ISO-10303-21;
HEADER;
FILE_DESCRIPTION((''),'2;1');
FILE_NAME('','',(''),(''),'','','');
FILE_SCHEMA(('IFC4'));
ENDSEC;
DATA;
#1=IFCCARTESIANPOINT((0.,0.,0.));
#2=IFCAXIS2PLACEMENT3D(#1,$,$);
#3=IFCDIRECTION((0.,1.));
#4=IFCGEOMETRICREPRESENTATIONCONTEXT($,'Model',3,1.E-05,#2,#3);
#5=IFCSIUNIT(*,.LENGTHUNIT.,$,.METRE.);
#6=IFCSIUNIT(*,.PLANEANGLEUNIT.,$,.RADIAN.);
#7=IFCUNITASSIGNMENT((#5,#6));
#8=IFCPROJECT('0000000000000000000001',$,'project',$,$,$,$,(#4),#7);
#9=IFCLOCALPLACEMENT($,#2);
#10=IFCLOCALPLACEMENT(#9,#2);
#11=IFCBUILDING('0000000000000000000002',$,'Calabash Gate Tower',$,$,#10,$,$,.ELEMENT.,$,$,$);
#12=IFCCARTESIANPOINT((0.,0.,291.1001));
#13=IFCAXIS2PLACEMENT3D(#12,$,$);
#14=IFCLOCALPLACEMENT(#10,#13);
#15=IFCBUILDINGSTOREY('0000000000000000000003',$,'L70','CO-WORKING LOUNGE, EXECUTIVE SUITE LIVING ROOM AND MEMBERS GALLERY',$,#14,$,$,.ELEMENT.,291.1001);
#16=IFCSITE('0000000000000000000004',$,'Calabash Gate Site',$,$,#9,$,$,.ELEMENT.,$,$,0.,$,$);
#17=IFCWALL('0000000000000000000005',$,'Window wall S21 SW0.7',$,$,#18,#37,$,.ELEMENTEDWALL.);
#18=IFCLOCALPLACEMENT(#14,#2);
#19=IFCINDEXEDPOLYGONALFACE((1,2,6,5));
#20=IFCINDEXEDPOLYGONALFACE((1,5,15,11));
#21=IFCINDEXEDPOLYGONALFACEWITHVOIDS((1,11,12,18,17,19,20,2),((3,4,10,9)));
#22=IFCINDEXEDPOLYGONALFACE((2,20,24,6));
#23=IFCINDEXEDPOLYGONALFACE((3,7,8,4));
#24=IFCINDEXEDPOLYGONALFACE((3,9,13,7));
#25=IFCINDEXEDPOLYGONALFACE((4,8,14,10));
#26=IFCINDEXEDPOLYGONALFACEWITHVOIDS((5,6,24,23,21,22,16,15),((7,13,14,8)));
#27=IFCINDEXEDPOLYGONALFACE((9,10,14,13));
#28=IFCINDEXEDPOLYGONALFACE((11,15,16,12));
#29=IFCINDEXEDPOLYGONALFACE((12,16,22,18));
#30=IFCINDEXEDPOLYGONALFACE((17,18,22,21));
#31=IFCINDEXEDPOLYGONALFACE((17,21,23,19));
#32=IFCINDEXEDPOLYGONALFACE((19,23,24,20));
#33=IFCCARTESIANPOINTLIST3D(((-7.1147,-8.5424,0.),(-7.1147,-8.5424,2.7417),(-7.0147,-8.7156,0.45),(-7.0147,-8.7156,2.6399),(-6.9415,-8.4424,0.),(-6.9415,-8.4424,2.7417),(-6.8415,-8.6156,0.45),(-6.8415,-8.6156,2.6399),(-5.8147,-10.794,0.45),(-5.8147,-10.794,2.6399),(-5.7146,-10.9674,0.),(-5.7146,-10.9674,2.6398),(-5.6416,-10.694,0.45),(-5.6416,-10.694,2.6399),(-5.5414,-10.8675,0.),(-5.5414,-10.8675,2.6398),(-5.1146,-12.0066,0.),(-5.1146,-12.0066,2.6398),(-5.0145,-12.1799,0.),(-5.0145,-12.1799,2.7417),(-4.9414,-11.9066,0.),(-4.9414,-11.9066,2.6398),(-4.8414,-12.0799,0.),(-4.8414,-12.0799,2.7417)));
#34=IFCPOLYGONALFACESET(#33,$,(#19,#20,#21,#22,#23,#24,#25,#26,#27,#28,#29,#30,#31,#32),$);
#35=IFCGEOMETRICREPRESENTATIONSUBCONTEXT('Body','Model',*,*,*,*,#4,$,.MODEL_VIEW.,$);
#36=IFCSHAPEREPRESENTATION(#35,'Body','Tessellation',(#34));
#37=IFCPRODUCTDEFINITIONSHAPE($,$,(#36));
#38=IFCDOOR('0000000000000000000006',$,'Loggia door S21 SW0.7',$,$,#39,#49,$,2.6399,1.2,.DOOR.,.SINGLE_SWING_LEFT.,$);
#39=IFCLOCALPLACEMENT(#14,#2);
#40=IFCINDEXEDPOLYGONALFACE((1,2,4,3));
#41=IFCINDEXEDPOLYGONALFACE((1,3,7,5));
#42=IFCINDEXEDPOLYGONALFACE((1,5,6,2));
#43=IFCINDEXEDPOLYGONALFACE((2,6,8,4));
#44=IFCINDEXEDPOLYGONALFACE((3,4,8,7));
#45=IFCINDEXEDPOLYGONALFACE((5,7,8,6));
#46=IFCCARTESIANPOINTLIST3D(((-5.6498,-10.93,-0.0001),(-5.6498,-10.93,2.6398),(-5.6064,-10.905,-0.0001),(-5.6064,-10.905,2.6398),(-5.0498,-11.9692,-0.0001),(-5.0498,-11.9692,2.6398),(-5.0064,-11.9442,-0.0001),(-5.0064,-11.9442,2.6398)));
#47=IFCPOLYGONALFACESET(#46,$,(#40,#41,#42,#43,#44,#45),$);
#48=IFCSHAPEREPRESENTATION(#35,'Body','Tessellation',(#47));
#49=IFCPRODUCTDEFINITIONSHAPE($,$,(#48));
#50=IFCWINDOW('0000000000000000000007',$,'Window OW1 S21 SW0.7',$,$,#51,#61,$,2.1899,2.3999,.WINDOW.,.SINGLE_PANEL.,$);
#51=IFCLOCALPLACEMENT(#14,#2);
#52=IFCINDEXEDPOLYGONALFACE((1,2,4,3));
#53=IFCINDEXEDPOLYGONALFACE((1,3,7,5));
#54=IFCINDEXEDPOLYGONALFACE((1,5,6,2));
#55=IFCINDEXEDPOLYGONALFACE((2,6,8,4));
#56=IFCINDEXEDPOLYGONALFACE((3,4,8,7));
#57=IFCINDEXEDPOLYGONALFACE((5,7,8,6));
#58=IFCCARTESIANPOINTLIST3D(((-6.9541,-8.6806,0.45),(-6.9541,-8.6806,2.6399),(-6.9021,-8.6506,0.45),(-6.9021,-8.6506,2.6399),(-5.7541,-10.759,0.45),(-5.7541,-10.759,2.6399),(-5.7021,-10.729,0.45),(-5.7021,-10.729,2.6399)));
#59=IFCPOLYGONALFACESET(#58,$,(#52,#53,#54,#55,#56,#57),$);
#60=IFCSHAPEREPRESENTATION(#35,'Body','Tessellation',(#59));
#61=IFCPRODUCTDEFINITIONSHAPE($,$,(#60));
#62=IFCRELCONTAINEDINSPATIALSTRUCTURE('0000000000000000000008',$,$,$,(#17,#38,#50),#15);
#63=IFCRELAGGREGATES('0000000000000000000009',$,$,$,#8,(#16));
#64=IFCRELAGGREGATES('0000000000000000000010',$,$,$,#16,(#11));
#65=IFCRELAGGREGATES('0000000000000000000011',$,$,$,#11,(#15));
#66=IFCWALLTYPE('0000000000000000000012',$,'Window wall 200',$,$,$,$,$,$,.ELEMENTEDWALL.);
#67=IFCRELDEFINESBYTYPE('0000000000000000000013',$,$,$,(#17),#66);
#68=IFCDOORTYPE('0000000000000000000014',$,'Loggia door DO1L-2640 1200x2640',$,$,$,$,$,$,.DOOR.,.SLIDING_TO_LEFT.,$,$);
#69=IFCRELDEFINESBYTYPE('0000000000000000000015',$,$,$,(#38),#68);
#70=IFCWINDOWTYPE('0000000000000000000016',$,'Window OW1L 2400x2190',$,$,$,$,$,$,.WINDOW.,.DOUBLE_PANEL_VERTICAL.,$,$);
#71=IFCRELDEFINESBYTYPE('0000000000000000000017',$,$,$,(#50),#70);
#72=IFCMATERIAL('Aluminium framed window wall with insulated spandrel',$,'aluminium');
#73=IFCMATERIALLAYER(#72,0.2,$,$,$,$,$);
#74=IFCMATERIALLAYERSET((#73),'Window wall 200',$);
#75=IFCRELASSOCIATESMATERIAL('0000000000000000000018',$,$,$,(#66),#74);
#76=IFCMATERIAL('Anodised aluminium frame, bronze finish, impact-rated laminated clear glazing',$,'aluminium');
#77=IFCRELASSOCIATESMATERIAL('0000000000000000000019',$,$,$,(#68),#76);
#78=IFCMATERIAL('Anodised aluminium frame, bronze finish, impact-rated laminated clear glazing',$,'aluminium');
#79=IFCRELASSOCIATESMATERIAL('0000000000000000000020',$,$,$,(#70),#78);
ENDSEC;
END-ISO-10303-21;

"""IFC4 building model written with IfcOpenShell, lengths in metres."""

from ifc_helpers import new_model, si_unit, direction, frame, frame_2d, origin, place, context, subcontext, project, spatial, rectangle, extrude, material, layer, layer_set, type_object, element, fill, save


model = new_model("IFC4")

# Units and contexts
model_context = context("Model", 3, precision=1e-05, world=origin(), true_north=direction((0.0, 1.0)))
body_context = subcontext(model_context, "Body", "Model", "MODEL_VIEW")
ifc_project = project(units=[si_unit("LENGTHUNIT", "METRE"), si_unit("PLANEANGLEUNIT", "RADIAN")], contexts=[model_context])

# Site, building, storey
site_placement = place(None, origin())
site = spatial("IfcSite", under=ifc_project, at=site_placement, Name="Calabash Gate Site", CompositionType="ELEMENT", RefElevation=0.0)
building_placement = place(site_placement, origin())
building = spatial("IfcBuilding", under=site, at=building_placement, Name="Calabash Gate Tower", CompositionType="ELEMENT")
storey_placement = place(building_placement, frame((0.0, 0.0, 291.1001)))
storey = spatial("IfcBuildingStorey", under=building, at=storey_placement, Name="L70", Description="CO-WORKING LOUNGE, EXECUTIVE SUITE LIVING ROOM AND MEMBERS GALLERY", CompositionType="ELEMENT", Elevation=291.1001)

# Shared definitions
ifc_material_1 = material(Name="Aluminium framed window wall with insulated spandrel", Category="aluminium")
ifc_layer_1 = layer(ifc_material_1, 0.2)
ifc_layer_set_1 = layer_set([ifc_layer_1], Name="Window wall 200")
wall_type_1 = type_object("IfcWallType", Name="Window wall 200", PredefinedType="ELEMENTEDWALL", material=ifc_layer_set_1)

# Wall, openings, door, window
wall_1_placement = place(storey_placement, frame((-7.0281, -8.4924, 0.0), z_axis=(0.0, 0.0, 1.0), x_axis=(0.500003, -0.866024, 0.0)))
wall_1 = element("IfcWall", 1, at=wall_1_placement, inside=storey, type_object=wall_type_1, Name="Window wall S21 SW0.7", PredefinedType="ELEMENTEDWALL", context=body_context, shape_type="SweptSolid", body=[
    extrude(rectangle(XDim=4.2002, YDim=0.2, at=frame_2d((2.1001, 0.0))), origin(), (0.0, 0.0, 1.0), 2.7417),
])
opening_1_placement = place(wall_1_placement, frame((0.2, 0.0, 0.45)))
opening_1 = element("IfcOpeningElement", 2, at=opening_1_placement, cuts=wall_1, PredefinedType="OPENING", context=body_context, shape_type="SweptSolid", body=[
    extrude(rectangle(XDim=2.3999, YDim=2.1899, at=frame_2d((1.2, 1.095))), frame((0.0, 0.1099, 0.0), z_axis=(0.0, -1.0, 0.0), x_axis=(1.0, 0.0, 0.0)), (0.0, 0.0, 1.0), 0.22),
])
opening_2_placement = place(wall_1_placement, frame((2.8, 0.0, 0.0)))
opening_2 = element("IfcOpeningElement", 3, at=opening_2_placement, cuts=wall_1, PredefinedType="OPENING", context=body_context, shape_type="SweptSolid", body=[
    extrude(rectangle(XDim=1.2, YDim=2.6399, at=frame_2d((0.6001, 1.3198))), frame((0.0, 0.1099, 0.0), z_axis=(0.0, -1.0, 0.0), x_axis=(1.0, 0.0, 0.0)), (0.0, 0.0, 1.0), 0.22),
])
ifc_material_2 = material(Name="Anodised aluminium frame, bronze finish, impact-rated laminated clear glazing", Category="aluminium")
door_type_1 = type_object("IfcDoorType", Name="Loggia door DO1L-2640 1200x2640", OperationType="SLIDING_TO_LEFT", PredefinedType="DOOR", material=ifc_material_2)
door_1_placement = place(opening_2_placement, origin())
door_1 = element("IfcDoor", 4, at=door_1_placement, inside=storey, type_object=door_type_1, Name="Loggia door S21 SW0.7", OperationType="SINGLE_SWING_LEFT", OverallHeight=2.6399, OverallWidth=1.2, PredefinedType="DOOR", context=body_context, shape_type="SweptSolid", body=[
    extrude(rectangle(XDim=1.2, YDim=2.6399, at=frame_2d((0.6001, 1.3198))), frame((0.0, 0.0249, 0.0), z_axis=(0.0, -1.0, 0.0), x_axis=(1.0, 0.0, 0.0)), (0.0, 0.0, 1.0), 0.05),
])
fill(opening_2, door_1)
ifc_material_3 = material(Name="Anodised aluminium frame, bronze finish, impact-rated laminated clear glazing", Category="aluminium")
window_type_1 = type_object("IfcWindowType", Name="Window OW1L 2400x2190", PartitioningType="DOUBLE_PANEL_VERTICAL", PredefinedType="WINDOW", material=ifc_material_3)
window_1_placement = place(opening_1_placement, origin())
window_1 = element("IfcWindow", 5, at=window_1_placement, inside=storey, type_object=window_type_1, Name="Window OW1 S21 SW0.7", OverallHeight=2.1899, OverallWidth=2.3999, PartitioningType="SINGLE_PANEL", PredefinedType="WINDOW", context=body_context, shape_type="SweptSolid", body=[
    extrude(rectangle(XDim=2.3999, YDim=2.1899, at=frame_2d((1.2, 1.095))), frame((0.0, 0.03, 0.0), z_axis=(0.0, -1.0, 0.0), x_axis=(1.0, 0.0, 0.0)), (0.0, 0.0, 1.0), 0.0601),
])
fill(opening_1, window_1)

save(model, "model.ifc")
